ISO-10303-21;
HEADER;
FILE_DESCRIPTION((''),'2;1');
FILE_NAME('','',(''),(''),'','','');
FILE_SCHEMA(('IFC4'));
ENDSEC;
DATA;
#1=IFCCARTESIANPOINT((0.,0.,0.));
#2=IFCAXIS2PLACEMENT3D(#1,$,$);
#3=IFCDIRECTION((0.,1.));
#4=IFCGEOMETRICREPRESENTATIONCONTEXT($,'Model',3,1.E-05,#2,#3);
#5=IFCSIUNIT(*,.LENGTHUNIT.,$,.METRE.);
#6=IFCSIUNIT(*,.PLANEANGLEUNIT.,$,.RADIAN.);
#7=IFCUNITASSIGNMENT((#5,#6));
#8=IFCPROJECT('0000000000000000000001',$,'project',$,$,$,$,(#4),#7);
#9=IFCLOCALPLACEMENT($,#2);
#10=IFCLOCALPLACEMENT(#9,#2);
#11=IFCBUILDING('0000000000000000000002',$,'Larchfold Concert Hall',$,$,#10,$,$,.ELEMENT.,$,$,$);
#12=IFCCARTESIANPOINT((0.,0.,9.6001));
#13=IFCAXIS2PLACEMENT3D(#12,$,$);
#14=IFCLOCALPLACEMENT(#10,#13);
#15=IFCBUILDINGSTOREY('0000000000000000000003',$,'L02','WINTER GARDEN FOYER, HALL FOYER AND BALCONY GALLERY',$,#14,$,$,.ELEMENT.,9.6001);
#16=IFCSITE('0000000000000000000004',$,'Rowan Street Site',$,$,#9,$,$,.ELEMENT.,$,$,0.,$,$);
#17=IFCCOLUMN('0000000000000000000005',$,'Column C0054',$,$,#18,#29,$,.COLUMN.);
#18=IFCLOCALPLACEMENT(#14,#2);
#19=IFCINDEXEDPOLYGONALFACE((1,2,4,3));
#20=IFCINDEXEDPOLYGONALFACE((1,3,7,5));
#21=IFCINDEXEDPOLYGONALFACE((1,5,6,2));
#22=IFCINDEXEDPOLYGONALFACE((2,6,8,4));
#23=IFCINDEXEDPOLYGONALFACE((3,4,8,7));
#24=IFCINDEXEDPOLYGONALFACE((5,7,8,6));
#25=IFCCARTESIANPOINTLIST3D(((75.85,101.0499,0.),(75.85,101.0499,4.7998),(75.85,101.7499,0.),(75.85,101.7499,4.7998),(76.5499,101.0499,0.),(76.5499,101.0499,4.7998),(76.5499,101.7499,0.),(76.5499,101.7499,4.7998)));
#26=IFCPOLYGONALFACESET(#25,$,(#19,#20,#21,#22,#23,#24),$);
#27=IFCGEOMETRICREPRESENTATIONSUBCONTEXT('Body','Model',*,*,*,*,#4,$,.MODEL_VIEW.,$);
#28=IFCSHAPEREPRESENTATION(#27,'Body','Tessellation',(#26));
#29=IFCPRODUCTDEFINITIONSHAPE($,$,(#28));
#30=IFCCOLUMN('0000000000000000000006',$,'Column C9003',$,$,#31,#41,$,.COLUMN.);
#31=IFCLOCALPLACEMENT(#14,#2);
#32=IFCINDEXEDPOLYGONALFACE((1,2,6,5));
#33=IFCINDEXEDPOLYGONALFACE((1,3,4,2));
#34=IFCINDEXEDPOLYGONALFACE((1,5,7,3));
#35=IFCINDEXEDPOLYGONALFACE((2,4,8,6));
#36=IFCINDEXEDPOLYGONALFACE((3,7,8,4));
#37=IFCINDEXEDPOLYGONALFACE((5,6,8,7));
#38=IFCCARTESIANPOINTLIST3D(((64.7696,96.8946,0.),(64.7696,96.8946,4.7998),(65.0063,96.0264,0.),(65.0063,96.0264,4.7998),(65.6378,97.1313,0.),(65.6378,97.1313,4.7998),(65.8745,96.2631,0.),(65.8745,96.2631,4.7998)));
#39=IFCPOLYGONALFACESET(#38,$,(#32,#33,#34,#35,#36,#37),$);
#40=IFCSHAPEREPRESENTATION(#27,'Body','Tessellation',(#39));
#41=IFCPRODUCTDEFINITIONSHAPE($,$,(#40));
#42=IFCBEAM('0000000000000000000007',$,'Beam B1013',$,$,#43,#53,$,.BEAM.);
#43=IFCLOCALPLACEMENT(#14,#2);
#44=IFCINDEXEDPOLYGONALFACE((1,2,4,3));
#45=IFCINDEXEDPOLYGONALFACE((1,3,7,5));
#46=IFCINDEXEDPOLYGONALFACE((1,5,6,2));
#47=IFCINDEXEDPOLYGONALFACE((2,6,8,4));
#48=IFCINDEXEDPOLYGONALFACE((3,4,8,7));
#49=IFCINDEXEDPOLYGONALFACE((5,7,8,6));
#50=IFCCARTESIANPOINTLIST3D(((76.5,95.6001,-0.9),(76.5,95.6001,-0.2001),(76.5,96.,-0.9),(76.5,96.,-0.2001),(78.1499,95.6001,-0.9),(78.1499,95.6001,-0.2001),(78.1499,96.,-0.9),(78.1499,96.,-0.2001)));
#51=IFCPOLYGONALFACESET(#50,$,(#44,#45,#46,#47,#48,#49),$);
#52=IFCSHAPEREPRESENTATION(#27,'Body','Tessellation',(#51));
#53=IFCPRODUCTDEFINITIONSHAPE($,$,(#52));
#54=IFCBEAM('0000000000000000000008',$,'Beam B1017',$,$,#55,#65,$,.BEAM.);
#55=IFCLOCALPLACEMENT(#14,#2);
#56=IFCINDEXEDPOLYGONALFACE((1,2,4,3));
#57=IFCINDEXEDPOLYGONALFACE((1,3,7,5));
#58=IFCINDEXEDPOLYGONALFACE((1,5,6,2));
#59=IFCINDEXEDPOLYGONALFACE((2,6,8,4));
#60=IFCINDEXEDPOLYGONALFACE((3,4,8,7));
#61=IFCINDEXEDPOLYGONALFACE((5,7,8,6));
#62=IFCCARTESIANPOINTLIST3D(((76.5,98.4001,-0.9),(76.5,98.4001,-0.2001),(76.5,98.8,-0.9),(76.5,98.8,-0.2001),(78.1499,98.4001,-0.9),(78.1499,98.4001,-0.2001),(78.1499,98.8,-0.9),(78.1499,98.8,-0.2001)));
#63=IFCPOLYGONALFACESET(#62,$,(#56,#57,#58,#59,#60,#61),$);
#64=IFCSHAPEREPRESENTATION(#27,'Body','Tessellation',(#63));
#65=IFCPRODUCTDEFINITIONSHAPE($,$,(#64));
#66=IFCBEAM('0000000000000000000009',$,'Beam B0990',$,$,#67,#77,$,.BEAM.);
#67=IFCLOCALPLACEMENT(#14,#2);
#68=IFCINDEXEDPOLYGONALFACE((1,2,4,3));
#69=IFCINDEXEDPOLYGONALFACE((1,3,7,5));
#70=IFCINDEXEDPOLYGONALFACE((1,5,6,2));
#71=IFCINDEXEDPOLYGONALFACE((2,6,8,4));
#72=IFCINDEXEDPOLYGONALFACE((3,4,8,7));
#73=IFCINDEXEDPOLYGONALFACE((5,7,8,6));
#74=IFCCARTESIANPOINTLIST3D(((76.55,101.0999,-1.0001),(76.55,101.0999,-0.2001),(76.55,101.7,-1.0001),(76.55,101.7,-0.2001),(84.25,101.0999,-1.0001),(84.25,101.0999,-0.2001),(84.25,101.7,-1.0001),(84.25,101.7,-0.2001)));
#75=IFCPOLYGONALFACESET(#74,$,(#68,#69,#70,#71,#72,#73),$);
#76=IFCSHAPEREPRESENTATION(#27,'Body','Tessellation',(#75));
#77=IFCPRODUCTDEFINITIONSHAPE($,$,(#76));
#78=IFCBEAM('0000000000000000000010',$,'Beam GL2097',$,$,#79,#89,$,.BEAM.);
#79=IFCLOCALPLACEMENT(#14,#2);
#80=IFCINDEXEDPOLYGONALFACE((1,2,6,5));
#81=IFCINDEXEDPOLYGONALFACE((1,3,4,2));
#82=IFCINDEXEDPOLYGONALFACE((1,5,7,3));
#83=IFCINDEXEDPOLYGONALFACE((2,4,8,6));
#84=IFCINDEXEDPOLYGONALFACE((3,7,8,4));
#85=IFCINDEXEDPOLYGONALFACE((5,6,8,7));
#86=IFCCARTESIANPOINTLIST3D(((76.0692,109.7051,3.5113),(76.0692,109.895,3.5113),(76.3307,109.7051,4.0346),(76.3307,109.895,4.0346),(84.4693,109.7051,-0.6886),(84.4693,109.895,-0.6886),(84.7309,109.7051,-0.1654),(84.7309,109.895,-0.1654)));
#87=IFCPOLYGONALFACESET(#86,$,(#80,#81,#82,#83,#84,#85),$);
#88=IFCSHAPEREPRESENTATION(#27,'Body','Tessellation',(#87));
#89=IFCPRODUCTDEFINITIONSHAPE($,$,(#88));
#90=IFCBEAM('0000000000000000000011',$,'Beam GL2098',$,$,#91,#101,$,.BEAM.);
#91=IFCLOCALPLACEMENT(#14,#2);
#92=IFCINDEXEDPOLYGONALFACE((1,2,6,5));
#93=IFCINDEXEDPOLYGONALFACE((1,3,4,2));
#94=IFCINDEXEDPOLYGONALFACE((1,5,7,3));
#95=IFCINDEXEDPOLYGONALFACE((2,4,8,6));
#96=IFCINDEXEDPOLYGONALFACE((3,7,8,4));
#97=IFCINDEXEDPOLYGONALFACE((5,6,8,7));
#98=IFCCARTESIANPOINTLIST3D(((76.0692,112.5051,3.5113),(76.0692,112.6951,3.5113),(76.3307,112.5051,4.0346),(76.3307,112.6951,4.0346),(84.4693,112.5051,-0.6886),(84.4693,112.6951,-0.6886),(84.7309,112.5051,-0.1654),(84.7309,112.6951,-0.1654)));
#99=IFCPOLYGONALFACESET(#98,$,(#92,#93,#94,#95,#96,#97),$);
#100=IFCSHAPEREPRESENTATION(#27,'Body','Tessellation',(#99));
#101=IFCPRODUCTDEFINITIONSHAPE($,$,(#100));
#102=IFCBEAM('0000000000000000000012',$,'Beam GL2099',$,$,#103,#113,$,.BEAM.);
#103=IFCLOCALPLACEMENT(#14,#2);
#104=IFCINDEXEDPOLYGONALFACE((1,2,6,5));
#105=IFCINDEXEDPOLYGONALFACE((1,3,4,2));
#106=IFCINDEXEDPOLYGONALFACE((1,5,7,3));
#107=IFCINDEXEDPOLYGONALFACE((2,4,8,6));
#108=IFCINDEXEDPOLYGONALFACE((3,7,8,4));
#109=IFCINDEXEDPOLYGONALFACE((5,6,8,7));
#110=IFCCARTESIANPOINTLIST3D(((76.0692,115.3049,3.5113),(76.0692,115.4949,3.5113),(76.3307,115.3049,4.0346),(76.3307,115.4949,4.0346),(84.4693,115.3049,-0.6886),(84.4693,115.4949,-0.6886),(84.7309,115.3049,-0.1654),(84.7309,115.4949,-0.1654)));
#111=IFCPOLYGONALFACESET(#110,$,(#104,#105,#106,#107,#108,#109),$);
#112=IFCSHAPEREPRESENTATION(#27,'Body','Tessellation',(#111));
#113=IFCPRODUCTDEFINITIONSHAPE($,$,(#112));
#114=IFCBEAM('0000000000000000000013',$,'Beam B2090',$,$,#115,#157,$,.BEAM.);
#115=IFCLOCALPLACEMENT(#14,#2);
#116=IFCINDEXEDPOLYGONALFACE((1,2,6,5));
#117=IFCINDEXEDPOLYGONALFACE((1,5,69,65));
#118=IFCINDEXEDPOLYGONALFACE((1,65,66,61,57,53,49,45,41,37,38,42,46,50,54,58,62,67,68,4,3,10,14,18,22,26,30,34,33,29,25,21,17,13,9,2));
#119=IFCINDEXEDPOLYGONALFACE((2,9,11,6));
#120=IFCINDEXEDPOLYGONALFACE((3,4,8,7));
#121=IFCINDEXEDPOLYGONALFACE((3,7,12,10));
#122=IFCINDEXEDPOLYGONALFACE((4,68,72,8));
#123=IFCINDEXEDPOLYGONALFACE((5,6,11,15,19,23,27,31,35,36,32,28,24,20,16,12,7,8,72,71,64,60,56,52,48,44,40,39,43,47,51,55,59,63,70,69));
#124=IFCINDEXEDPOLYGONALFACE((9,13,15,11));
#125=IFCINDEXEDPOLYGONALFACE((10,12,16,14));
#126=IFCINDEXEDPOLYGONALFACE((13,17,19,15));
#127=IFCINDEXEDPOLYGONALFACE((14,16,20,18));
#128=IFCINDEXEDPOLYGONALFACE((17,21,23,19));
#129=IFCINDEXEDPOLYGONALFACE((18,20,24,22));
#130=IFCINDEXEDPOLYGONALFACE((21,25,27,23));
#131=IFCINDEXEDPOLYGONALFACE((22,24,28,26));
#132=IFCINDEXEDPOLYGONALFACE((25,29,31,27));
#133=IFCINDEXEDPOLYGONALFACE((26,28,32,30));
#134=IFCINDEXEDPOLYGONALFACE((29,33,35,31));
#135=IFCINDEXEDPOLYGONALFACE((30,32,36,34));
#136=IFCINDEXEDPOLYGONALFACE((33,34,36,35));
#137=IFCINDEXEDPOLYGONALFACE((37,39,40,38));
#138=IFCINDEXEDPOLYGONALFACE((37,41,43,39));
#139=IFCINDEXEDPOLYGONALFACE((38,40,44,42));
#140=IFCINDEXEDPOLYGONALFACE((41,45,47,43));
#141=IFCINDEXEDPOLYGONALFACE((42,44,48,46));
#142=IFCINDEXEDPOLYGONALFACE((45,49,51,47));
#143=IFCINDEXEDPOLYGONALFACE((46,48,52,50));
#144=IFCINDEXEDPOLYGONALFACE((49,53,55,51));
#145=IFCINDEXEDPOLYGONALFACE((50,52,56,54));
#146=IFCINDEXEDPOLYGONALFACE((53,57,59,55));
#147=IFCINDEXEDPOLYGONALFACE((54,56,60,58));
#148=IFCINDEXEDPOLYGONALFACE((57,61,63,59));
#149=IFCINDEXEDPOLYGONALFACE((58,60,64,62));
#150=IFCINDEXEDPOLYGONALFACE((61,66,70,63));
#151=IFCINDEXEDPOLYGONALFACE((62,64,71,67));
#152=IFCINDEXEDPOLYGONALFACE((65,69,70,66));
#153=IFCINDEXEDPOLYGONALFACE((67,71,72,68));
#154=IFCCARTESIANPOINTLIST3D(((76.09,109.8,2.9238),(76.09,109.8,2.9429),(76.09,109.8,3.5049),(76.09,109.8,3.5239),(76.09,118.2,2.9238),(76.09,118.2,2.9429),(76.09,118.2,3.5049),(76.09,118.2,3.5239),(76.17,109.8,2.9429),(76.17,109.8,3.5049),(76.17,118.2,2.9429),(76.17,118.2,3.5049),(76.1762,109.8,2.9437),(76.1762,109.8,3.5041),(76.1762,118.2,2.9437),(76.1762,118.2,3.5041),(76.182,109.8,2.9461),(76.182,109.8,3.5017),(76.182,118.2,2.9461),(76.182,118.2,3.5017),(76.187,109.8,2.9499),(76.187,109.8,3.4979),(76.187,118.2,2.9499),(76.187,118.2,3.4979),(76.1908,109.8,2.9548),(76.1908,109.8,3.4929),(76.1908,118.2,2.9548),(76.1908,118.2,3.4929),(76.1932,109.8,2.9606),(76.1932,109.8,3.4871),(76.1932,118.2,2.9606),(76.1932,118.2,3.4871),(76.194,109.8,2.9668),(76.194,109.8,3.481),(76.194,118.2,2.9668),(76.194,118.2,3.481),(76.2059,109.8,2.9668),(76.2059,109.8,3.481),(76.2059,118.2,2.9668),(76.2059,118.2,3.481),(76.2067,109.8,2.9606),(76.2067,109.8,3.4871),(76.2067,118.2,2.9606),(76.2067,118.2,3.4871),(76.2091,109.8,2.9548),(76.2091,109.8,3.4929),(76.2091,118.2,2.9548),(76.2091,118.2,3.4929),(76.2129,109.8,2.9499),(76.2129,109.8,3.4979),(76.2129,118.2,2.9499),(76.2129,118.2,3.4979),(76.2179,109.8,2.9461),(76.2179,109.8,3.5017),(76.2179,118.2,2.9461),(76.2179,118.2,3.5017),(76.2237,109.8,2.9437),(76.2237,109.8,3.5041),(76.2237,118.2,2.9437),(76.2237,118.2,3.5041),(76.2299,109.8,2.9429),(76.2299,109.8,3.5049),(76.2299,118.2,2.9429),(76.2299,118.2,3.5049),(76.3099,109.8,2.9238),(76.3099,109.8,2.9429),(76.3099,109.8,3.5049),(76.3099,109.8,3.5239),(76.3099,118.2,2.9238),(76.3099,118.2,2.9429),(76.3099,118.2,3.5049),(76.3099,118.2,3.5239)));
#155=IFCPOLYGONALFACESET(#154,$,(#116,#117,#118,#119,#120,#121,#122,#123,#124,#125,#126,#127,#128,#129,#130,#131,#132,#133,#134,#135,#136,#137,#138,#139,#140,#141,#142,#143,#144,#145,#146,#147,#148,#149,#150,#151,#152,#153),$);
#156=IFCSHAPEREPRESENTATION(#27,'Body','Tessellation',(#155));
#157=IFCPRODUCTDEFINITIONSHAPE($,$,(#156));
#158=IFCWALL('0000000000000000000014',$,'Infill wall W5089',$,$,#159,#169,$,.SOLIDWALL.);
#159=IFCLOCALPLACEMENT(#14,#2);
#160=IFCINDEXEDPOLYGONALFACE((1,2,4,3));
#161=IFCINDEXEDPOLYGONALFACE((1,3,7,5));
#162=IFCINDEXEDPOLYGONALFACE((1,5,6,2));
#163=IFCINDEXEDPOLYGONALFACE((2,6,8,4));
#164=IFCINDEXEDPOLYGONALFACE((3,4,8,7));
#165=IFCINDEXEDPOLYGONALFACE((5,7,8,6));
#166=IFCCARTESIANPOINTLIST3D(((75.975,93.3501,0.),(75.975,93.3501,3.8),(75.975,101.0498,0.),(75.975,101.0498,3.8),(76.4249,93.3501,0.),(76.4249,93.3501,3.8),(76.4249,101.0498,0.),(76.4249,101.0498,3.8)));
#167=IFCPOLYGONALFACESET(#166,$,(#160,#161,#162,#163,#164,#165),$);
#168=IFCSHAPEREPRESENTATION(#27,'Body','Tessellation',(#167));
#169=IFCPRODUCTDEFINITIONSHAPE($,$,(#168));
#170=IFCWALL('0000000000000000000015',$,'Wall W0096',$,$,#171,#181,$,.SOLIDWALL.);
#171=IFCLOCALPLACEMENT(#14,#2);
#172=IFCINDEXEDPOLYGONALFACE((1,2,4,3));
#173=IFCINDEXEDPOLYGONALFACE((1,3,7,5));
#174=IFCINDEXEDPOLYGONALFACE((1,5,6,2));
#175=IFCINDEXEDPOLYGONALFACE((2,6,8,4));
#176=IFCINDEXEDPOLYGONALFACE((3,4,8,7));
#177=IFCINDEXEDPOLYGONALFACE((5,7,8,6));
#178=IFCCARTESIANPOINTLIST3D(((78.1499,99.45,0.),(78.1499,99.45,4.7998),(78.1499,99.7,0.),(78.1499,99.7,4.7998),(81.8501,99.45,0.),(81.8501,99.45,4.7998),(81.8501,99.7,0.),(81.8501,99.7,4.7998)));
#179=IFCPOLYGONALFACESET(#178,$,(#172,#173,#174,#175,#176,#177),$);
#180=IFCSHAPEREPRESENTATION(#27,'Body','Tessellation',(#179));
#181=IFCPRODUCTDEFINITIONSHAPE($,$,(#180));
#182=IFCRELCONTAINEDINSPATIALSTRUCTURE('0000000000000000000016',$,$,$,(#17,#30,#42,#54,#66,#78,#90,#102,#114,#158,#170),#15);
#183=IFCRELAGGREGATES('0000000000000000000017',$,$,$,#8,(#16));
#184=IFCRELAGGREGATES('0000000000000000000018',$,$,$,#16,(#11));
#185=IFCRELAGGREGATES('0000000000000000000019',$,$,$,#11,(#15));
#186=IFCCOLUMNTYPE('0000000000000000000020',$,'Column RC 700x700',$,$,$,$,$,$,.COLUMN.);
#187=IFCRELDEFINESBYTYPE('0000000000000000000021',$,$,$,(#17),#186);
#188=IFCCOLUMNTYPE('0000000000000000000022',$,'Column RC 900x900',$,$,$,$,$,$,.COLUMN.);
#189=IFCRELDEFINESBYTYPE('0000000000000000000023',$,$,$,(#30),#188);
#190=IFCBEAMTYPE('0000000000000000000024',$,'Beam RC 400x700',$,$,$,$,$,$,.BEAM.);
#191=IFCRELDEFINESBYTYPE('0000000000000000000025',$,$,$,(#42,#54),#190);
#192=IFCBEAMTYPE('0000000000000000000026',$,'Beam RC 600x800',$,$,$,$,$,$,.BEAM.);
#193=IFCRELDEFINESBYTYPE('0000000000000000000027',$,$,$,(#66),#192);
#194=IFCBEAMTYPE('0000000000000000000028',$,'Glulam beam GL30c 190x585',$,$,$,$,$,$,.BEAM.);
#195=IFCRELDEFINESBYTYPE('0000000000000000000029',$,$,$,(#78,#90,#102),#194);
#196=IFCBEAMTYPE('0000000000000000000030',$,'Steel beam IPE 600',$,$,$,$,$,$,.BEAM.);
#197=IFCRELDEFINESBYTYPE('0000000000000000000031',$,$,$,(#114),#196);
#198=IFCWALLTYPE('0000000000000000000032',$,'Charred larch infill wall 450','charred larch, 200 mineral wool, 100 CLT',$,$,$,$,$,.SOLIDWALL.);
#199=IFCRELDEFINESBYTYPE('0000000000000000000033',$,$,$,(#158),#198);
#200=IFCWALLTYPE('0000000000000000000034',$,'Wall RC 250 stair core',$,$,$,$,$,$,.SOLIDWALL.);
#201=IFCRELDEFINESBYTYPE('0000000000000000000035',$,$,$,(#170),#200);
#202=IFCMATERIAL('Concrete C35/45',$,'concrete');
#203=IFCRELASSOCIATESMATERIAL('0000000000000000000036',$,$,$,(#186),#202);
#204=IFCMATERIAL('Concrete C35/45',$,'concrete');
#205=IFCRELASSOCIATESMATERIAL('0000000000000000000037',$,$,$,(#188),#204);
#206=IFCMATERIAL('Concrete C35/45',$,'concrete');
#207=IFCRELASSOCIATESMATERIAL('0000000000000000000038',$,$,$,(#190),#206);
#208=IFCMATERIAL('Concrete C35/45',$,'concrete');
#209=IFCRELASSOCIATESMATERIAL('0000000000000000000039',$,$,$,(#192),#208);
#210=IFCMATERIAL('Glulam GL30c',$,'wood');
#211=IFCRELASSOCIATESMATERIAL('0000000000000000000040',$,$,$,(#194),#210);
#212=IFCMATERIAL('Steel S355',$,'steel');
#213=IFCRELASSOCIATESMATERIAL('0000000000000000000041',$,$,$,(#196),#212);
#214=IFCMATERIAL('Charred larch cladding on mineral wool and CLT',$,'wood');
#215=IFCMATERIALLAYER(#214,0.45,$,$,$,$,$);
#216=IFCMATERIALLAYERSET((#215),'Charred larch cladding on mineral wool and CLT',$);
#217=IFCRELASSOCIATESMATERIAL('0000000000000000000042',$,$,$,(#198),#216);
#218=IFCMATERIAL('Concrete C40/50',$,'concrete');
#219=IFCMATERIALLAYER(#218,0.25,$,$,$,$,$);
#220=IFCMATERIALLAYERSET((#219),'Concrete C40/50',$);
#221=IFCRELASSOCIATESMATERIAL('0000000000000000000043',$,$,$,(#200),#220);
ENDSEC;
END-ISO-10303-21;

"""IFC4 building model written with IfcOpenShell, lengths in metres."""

from ifc_helpers import new_model, si_unit, direction, frame, frame_2d, origin, origin_2d, place, context, subcontext, project, spatial, rectangle, i_section, extrude, material, layer, layer_set, material_profile, profile_set, type_object, element, save


model = new_model("IFC4")

# Units and contexts
model_context = context("Model", 3, precision=1e-05, world=origin(), true_north=direction((0.0, 1.0)))
body_context = subcontext(model_context, "Body", "Model", "MODEL_VIEW")
ifc_project = project(units=[si_unit("LENGTHUNIT", "METRE"), si_unit("PLANEANGLEUNIT", "RADIAN")], contexts=[model_context])

# Site, building, storey
site_placement = place(None, origin())
site = spatial("IfcSite", under=ifc_project, at=site_placement, Name="Rowan Street Site", CompositionType="ELEMENT", RefElevation=0.0)
building_placement = place(site_placement, origin())
building = spatial("IfcBuilding", under=site, at=building_placement, Name="Larchfold Concert Hall", CompositionType="ELEMENT")
storey_placement = place(building_placement, frame((0.0, 0.0, 9.6001)))
storey = spatial("IfcBuildingStorey", under=building, at=storey_placement, Name="L02", Description="WINTER GARDEN FOYER, HALL FOYER AND BALCONY GALLERY", CompositionType="ELEMENT", Elevation=9.6001)

# Columns
ifc_material_1 = material(Name="Concrete C35/45", Category="concrete")
ifc_material_profile_1 = material_profile(ifc_material_1, rectangle(XDim=0.7, YDim=0.7, at=origin_2d()))
ifc_profile_set_1 = profile_set([ifc_material_profile_1], Name="Concrete C35/45")
column_type_1 = type_object("IfcColumnType", Name="Column RC 700x700", PredefinedType="COLUMN", material=ifc_profile_set_1)
column_1_placement = place(storey_placement, frame((76.2, 101.3999, 0.0), z_axis=(0.0, 0.0, 1.0), x_axis=(1.0, 0.0, 0.0)))
element("IfcColumn", 1, at=column_1_placement, inside=storey, type_object=column_type_1, Name="Column C0054", PredefinedType="COLUMN", context=body_context, shape_type="SweptSolid", body=[
    extrude(rectangle(XDim=0.7, YDim=0.7, at=origin_2d()), origin(), (0.0, 0.0, 1.0), 4.7998),
])
ifc_material_2 = material(Name="Concrete C35/45", Category="concrete")
ifc_material_profile_2 = material_profile(ifc_material_2, rectangle(XDim=0.8999, YDim=0.8999, at=origin_2d()))
ifc_profile_set_2 = profile_set([ifc_material_profile_2], Name="Concrete C35/45")
column_type_2 = type_object("IfcColumnType", Name="Column RC 900x900", PredefinedType="COLUMN", material=ifc_profile_set_2)
column_2_placement = place(storey_placement, frame((65.322, 96.5789, 0.0), z_axis=(0.0, 0.0, 1.0), x_axis=(0.964788, 0.263028, 0.0)))
element("IfcColumn", 2, at=column_2_placement, inside=storey, type_object=column_type_2, Name="Column C9003", PredefinedType="COLUMN", context=body_context, shape_type="SweptSolid", body=[
    extrude(rectangle(XDim=0.8999, YDim=0.8999, at=origin_2d()), origin(), (0.0, 0.0, 1.0), 4.7998),
])

# Beams
ifc_material_3 = material(Name="Concrete C35/45", Category="concrete")
ifc_material_profile_3 = material_profile(ifc_material_3, rectangle(XDim=0.3999, YDim=0.7, at=origin_2d()))
ifc_profile_set_3 = profile_set([ifc_material_profile_3], Name="Concrete C35/45")
beam_type_1 = type_object("IfcBeamType", Name="Beam RC 400x700", PredefinedType="BEAM", material=ifc_profile_set_3)
for number, where, z_axis, x_axis, name in (
    (3, (76.5, 95.8, -0.55), (1.0, 0.0, 0.0), (0.0, 1.0, 0.0), "Beam B1013"),
    (4, (76.5, 98.6001, -0.55), (1.0, 0.0, 0.0), (0.0, 1.0, 0.0), "Beam B1017"),
):
    element("IfcBeam", number, at=place(storey_placement, frame(where, z_axis=z_axis, x_axis=x_axis)), inside=storey, type_object=beam_type_1, Name=name, PredefinedType="BEAM", context=body_context, shape_type="SweptSolid", body=[
        extrude(rectangle(XDim=0.3999, YDim=0.7, at=origin_2d()), origin(), (0.0, 0.0, 1.0), 1.6499),
    ])
ifc_material_4 = material(Name="Concrete C35/45", Category="concrete")
ifc_material_profile_4 = material_profile(ifc_material_4, rectangle(XDim=0.6001, YDim=0.8, at=origin_2d()))
ifc_profile_set_4 = profile_set([ifc_material_profile_4], Name="Concrete C35/45")
beam_type_2 = type_object("IfcBeamType", Name="Beam RC 600x800", PredefinedType="BEAM", material=ifc_profile_set_4)
beam_1_placement = place(storey_placement, frame((76.55, 101.3999, -0.6001), z_axis=(1.0, 0.0, 0.0), x_axis=(0.0, 1.0, 0.0)))
element("IfcBeam", 5, at=beam_1_placement, inside=storey, type_object=beam_type_2, Name="Beam B0990", PredefinedType="BEAM", context=body_context, shape_type="SweptSolid", body=[
    extrude(rectangle(XDim=0.6001, YDim=0.8, at=origin_2d()), origin(), (0.0, 0.0, 1.0), 7.7),
])
ifc_material_5 = material(Name="Glulam GL30c", Category="wood")
ifc_material_profile_5 = material_profile(ifc_material_5, rectangle(XDim=0.1899, YDim=0.585, at=origin_2d()))
ifc_profile_set_5 = profile_set([ifc_material_profile_5], Name="Glulam GL30c")
beam_type_3 = type_object("IfcBeamType", Name="Glulam beam GL30c 190x585", PredefinedType="BEAM", material=ifc_profile_set_5)
for number, where, z_axis, x_axis, name in (
    (6, (76.2, 109.8, 3.7729), (0.894432, 0.0, -0.447203), (0.0, 1.0, 0.0), "Beam GL2097"),
    (7, (76.2, 112.6001, 3.7729), (0.894432, 0.0, -0.447203), (0.0, 1.0, 0.0), "Beam GL2098"),
    (8, (76.2, 115.3999, 3.7729), (0.894432, 0.0, -0.447203), (0.0, 1.0, 0.0), "Beam GL2099"),
):
    element("IfcBeam", number, at=place(storey_placement, frame(where, z_axis=z_axis, x_axis=x_axis)), inside=storey, type_object=beam_type_3, Name=name, PredefinedType="BEAM", context=body_context, shape_type="SweptSolid", body=[
        extrude(rectangle(XDim=0.1899, YDim=0.585, at=origin_2d()), origin(), (0.0, 0.0, 1.0), 9.3916),
    ])
ifc_material_6 = material(Name="Steel S355", Category="steel")
ifc_material_profile_6 = material_profile(ifc_material_6, i_section(OverallWidth=0.22, OverallDepth=0.6001, WebThickness=0.012, FlangeThickness=0.019, FilletRadius=0.0239, at=origin_2d()))
ifc_profile_set_6 = profile_set([ifc_material_profile_6], Name="Steel S355")
beam_type_4 = type_object("IfcBeamType", Name="Steel beam IPE 600", PredefinedType="BEAM", material=ifc_profile_set_6)
beam_2_placement = place(storey_placement, frame((76.2, 109.8, 3.2239), z_axis=(0.0, 1.0, 0.0), x_axis=(-1.0, 0.0, 0.0)))
element("IfcBeam", 9, at=beam_2_placement, inside=storey, type_object=beam_type_4, Name="Beam B2090", PredefinedType="BEAM", context=body_context, shape_type="SweptSolid", body=[
    extrude(i_section(OverallWidth=0.22, OverallDepth=0.6001, WebThickness=0.012, FlangeThickness=0.019, FilletRadius=0.0239, at=origin_2d()), origin(), (0.0, 0.0, 1.0), 8.3999),
])

# Walls
ifc_material_7 = material(Name="Charred larch cladding on mineral wool and CLT", Category="wood")
ifc_layer_1 = layer(ifc_material_7, 0.45)
ifc_layer_set_1 = layer_set([ifc_layer_1], Name="Charred larch cladding on mineral wool and CLT")
wall_type_1 = type_object("IfcWallType", Name="Charred larch infill wall 450", Description="charred larch, 200 mineral wool, 100 CLT", PredefinedType="SOLIDWALL", material=ifc_layer_set_1)
wall_1_placement = place(storey_placement, frame((76.2, 101.0498, 0.0), z_axis=(0.0, 0.0, 1.0), x_axis=(0.0, -1.0, 0.0)))
element("IfcWall", 10, at=wall_1_placement, inside=storey, type_object=wall_type_1, Name="Infill wall W5089", PredefinedType="SOLIDWALL", context=body_context, shape_type="SweptSolid", body=[
    extrude(rectangle(XDim=7.6997, YDim=0.45, at=frame_2d((3.8499, 0.0))), origin(), (0.0, 0.0, 1.0), 3.8),
])
ifc_material_8 = material(Name="Concrete C40/50", Category="concrete")
ifc_layer_2 = layer(ifc_material_8, 0.25)
ifc_layer_set_2 = layer_set([ifc_layer_2], Name="Concrete C40/50")
wall_type_2 = type_object("IfcWallType", Name="Wall RC 250 stair core", PredefinedType="SOLIDWALL", material=ifc_layer_set_2)
wall_2_placement = place(storey_placement, frame((78.1499, 99.575, 0.0), z_axis=(0.0, 0.0, 1.0), x_axis=(1.0, 0.0, 0.0)))
element("IfcWall", 11, at=wall_2_placement, inside=storey, type_object=wall_type_2, Name="Wall W0096", PredefinedType="SOLIDWALL", context=body_context, shape_type="SweptSolid", body=[
    extrude(rectangle(XDim=3.7002, YDim=0.25, at=frame_2d((1.8501, 0.0))), origin(), (0.0, 0.0, 1.0), 4.7998),
])

save(model, "model.ifc")
